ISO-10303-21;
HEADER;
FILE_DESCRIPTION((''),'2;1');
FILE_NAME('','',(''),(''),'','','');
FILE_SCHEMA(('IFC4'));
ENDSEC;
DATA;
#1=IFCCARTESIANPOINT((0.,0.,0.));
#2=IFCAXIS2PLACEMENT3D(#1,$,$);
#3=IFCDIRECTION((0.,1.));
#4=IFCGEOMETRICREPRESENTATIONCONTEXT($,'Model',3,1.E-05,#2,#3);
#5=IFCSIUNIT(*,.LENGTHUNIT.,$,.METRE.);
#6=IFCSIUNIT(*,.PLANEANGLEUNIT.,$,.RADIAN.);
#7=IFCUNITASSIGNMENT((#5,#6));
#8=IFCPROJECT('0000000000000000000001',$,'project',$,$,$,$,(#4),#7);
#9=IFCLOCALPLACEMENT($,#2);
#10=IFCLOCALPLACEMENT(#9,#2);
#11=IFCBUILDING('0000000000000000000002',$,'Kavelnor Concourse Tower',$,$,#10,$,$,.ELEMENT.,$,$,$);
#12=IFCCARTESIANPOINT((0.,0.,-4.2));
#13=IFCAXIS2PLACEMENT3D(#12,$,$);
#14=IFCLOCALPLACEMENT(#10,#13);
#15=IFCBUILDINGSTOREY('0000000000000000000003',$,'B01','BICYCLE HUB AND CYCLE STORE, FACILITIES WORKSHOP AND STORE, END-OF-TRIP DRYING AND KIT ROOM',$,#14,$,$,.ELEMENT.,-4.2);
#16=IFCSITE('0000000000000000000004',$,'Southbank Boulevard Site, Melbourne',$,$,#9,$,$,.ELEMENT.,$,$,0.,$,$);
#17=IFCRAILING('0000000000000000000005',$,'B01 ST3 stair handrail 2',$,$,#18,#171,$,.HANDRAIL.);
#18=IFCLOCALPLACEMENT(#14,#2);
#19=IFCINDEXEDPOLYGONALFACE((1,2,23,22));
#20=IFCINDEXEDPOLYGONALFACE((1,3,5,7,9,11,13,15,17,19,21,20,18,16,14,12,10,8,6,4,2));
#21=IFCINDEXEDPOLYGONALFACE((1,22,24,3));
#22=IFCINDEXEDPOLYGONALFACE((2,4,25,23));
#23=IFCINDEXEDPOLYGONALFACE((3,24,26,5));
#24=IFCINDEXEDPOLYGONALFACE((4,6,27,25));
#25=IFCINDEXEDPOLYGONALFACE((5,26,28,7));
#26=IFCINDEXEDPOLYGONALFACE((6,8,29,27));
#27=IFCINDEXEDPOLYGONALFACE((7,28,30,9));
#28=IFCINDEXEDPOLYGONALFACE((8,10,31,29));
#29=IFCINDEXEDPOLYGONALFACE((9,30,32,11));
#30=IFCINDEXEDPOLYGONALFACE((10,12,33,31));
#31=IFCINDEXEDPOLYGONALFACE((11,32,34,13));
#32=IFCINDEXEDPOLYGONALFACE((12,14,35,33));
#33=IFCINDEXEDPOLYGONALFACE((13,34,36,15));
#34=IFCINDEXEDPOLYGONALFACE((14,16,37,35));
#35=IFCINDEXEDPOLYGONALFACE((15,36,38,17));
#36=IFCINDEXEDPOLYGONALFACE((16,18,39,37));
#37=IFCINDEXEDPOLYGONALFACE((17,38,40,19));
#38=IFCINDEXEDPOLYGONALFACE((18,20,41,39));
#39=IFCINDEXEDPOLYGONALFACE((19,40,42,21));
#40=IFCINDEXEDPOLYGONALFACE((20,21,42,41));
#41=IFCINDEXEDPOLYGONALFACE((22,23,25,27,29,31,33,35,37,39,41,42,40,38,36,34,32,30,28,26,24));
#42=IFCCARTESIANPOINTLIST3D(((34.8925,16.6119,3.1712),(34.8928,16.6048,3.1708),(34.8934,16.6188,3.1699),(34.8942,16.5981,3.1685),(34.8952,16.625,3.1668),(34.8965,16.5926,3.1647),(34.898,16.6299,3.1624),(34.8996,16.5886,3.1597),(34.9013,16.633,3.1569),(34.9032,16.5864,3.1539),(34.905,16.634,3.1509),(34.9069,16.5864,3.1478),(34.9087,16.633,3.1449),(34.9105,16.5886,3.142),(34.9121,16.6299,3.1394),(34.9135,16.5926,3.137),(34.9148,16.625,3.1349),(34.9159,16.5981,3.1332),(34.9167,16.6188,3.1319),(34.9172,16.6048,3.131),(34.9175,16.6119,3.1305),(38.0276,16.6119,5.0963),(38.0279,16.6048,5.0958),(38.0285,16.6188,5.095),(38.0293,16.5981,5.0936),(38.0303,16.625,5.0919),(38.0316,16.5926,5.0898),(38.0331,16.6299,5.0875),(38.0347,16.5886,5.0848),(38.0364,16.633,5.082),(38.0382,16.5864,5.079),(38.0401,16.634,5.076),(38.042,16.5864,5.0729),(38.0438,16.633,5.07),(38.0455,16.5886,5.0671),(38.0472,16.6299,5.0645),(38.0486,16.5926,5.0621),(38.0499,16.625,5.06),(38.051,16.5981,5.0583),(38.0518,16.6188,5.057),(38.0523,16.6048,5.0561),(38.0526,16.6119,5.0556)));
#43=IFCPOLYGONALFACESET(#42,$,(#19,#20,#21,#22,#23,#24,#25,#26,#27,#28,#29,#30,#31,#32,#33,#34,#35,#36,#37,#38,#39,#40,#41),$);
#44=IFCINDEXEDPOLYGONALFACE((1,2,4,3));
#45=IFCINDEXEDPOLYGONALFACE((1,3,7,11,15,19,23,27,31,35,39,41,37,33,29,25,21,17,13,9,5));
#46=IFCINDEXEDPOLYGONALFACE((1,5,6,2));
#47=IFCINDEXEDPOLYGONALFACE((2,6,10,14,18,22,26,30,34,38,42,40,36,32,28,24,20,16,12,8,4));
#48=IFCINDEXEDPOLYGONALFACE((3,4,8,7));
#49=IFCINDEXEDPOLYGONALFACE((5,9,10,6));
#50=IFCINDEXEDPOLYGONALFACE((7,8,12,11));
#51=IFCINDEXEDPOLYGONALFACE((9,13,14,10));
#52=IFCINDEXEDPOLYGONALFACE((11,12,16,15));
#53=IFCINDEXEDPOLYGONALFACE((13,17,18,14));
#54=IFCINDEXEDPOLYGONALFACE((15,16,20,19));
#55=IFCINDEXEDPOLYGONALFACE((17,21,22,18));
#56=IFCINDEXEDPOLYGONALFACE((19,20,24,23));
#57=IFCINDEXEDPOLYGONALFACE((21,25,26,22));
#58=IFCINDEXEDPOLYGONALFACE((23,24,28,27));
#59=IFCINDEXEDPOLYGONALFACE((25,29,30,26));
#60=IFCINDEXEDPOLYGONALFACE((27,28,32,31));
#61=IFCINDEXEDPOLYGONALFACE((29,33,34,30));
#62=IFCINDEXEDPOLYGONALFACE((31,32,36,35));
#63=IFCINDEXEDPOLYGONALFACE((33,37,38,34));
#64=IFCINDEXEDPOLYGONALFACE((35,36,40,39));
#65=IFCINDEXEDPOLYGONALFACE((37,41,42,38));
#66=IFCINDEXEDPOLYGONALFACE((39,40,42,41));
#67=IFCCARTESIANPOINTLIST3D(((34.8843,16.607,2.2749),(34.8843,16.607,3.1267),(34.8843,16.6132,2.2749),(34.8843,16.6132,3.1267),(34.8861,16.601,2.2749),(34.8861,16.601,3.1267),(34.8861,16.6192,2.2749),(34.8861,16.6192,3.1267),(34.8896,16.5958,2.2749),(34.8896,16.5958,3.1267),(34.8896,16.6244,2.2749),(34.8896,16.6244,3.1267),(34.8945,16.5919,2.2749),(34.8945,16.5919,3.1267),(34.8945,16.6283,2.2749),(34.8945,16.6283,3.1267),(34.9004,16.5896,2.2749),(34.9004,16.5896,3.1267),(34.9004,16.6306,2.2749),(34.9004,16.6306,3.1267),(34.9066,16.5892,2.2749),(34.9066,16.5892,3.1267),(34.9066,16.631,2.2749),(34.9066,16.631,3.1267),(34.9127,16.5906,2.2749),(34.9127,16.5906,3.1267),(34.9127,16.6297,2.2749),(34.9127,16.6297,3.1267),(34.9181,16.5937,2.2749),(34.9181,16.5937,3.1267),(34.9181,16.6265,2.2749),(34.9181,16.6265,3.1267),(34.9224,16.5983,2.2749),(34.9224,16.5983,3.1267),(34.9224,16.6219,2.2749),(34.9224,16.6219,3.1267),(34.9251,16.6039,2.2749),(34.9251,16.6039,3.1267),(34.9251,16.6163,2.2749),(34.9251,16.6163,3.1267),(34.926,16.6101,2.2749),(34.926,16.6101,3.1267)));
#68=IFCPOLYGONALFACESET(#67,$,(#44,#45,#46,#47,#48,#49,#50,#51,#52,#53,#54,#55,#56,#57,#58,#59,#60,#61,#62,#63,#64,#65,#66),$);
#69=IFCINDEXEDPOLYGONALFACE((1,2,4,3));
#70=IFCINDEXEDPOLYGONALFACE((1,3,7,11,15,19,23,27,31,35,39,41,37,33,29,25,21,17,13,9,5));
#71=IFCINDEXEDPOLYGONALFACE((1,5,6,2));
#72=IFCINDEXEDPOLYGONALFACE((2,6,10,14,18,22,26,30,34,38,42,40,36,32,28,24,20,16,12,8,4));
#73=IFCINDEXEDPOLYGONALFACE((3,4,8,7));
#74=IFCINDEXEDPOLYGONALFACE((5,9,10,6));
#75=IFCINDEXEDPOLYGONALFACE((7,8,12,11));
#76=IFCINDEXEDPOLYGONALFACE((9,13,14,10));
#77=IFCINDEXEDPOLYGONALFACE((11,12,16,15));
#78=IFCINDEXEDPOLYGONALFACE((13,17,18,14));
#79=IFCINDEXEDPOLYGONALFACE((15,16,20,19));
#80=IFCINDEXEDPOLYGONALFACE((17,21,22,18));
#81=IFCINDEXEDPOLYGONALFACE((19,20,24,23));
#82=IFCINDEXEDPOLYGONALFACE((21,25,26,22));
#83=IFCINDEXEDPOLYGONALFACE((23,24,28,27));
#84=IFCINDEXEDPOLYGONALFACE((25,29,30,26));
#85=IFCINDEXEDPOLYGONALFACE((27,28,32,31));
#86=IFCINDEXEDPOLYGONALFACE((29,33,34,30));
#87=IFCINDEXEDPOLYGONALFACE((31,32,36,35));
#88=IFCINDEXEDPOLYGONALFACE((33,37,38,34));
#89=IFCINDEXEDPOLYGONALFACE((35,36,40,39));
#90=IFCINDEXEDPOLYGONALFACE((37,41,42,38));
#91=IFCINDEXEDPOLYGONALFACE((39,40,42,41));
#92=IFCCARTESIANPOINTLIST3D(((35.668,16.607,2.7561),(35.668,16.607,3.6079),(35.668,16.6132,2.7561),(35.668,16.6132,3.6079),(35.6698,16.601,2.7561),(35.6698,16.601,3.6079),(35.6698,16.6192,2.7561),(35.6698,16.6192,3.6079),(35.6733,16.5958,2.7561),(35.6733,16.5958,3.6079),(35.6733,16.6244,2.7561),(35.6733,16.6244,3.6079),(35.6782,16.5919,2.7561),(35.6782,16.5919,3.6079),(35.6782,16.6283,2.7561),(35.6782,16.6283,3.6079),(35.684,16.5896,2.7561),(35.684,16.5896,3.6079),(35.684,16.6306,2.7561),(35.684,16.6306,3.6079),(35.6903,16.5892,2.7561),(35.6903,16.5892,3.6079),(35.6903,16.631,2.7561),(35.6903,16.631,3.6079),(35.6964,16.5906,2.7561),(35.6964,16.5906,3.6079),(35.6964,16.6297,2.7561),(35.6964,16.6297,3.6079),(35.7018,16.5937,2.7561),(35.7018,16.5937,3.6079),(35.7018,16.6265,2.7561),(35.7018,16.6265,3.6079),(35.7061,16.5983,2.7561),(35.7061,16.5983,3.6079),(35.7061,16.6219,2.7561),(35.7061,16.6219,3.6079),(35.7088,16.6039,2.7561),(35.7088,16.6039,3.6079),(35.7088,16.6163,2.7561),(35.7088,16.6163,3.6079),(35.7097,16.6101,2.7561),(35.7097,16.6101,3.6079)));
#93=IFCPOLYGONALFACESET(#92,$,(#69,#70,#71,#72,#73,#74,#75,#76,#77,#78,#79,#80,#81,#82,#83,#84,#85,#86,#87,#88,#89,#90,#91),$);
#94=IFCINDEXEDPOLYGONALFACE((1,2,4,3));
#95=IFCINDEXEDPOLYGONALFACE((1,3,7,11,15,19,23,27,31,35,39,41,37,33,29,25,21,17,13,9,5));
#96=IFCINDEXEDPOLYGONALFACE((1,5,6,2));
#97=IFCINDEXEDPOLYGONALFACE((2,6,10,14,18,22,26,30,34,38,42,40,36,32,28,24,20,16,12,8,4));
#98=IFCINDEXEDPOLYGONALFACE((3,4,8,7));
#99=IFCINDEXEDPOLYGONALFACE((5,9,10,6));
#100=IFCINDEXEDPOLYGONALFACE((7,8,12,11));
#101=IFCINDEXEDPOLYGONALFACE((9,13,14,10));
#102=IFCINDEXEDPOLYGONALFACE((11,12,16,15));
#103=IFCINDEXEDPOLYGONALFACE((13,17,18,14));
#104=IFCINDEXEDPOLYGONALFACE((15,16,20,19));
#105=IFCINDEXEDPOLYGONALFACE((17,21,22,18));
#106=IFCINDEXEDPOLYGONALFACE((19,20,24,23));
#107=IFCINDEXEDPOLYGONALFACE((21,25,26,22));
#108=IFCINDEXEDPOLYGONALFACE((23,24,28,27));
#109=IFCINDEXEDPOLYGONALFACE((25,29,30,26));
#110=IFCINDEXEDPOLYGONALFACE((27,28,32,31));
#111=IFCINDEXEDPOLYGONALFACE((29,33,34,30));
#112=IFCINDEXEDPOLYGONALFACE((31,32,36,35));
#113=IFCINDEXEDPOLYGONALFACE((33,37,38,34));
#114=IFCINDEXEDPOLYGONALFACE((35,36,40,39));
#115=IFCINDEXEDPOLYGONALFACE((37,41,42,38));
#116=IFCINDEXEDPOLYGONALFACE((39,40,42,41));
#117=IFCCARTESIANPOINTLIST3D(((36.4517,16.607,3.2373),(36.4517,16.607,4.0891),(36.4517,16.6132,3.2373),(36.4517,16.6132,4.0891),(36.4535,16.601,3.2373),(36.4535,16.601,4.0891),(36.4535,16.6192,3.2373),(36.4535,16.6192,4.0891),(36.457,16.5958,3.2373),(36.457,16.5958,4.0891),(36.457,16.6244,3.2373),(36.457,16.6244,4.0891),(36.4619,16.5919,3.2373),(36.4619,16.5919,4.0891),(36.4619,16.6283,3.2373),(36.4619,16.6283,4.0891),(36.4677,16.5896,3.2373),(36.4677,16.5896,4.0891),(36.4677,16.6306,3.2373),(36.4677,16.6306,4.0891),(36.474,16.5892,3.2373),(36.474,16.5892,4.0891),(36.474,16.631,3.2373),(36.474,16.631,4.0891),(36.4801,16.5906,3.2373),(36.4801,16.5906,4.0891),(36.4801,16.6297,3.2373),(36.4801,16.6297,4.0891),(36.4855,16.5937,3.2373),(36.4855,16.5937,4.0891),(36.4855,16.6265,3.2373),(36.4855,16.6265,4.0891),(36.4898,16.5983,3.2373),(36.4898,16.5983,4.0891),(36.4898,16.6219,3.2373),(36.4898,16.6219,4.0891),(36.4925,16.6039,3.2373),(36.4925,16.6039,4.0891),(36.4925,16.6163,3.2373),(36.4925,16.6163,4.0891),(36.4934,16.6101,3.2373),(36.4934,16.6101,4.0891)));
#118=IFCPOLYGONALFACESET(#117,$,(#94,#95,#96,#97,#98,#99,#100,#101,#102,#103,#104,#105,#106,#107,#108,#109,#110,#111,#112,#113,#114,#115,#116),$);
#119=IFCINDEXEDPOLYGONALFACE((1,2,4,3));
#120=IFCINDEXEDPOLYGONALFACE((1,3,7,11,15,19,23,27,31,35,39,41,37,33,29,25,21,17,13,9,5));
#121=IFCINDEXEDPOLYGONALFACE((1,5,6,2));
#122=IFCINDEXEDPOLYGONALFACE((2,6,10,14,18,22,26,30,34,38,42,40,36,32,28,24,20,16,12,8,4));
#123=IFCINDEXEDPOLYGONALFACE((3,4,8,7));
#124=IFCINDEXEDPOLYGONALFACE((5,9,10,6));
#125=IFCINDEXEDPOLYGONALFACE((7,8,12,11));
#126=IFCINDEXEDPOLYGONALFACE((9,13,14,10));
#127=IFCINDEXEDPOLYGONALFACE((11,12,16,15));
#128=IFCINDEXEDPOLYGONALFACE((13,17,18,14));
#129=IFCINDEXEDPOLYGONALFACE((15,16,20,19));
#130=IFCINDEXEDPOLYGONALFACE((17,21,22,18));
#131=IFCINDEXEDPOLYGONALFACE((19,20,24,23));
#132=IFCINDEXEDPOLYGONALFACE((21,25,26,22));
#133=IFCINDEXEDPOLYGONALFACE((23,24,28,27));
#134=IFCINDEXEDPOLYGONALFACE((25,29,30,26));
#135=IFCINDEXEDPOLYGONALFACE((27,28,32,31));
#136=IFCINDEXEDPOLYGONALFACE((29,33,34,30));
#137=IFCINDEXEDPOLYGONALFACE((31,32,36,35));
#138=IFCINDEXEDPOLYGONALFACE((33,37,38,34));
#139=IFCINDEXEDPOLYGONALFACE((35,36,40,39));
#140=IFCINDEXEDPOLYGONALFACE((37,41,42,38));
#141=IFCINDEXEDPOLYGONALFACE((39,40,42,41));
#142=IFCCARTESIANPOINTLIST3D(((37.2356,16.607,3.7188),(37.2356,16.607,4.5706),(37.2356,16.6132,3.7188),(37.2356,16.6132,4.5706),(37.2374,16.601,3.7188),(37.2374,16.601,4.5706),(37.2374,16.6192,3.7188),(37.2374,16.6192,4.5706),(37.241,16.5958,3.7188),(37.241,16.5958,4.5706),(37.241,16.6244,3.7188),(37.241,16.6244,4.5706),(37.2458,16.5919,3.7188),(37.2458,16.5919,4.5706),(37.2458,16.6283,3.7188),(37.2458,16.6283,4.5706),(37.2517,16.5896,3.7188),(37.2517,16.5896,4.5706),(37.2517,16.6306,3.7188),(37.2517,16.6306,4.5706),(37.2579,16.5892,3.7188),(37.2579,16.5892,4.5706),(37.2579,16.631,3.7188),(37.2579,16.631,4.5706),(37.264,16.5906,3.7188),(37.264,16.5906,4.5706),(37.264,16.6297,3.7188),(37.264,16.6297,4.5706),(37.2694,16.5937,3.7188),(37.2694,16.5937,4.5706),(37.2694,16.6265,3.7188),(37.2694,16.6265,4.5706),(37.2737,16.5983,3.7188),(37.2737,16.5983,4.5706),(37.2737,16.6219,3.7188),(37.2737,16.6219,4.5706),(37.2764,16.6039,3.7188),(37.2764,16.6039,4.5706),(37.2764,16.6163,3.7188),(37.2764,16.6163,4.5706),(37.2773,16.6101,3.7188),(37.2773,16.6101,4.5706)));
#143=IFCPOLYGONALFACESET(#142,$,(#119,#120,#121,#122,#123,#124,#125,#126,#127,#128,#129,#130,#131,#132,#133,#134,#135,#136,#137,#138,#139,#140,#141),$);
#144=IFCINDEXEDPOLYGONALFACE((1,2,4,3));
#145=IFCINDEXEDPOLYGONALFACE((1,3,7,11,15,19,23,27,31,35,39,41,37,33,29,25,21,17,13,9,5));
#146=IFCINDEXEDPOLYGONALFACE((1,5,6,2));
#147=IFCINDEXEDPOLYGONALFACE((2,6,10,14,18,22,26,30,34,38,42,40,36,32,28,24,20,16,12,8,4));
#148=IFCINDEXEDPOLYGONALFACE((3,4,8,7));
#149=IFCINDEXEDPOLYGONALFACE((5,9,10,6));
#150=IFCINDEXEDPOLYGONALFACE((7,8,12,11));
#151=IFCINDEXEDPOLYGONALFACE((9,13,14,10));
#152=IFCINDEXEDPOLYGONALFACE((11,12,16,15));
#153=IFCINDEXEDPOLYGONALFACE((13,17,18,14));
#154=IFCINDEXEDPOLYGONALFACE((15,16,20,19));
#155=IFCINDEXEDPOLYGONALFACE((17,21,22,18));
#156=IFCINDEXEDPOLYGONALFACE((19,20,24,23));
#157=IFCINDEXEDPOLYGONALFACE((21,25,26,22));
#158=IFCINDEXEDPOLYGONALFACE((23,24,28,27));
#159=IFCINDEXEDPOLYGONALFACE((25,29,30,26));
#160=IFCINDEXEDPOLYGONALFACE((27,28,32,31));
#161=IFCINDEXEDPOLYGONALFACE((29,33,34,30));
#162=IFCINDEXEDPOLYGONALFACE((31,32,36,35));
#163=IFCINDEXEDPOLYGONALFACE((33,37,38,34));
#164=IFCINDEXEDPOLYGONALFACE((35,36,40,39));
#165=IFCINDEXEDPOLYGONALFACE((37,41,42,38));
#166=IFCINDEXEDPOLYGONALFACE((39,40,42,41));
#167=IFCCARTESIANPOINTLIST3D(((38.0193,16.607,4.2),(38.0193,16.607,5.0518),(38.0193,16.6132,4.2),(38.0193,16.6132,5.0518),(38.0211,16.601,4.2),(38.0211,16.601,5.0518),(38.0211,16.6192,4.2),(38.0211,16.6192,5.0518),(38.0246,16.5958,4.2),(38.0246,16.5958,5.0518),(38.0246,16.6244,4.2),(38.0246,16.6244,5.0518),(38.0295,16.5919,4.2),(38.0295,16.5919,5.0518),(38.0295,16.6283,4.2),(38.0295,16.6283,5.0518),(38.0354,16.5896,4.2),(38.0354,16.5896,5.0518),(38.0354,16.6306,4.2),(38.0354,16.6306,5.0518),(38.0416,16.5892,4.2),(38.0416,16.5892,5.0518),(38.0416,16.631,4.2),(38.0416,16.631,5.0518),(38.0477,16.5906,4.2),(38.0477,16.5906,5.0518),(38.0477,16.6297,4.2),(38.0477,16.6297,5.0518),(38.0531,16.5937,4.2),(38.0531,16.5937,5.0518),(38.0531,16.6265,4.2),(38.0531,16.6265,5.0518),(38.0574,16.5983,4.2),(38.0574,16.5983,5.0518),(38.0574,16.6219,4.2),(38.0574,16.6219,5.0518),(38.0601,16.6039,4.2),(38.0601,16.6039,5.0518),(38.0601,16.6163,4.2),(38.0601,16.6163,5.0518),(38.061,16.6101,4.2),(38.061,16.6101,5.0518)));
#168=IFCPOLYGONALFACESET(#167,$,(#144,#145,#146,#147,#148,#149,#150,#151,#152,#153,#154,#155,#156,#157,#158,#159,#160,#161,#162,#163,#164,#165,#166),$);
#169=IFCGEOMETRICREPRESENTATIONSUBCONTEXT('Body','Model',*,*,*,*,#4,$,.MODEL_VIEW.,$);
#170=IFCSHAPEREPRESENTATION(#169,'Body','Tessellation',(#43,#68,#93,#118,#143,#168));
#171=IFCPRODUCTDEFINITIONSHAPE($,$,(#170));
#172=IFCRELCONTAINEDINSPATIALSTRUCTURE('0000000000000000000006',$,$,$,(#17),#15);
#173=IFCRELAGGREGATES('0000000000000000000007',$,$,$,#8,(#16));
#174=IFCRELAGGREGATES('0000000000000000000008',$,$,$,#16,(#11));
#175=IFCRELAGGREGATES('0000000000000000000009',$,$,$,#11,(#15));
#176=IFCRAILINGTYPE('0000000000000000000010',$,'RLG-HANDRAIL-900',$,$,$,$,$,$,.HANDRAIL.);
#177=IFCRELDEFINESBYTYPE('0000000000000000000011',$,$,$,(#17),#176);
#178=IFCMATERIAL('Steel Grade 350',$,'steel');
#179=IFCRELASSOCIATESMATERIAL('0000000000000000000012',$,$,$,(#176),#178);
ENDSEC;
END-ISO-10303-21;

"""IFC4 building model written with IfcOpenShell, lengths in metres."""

from ifc_helpers import new_model, si_unit, direction, frame, origin, origin_2d, place, context, subcontext, project, spatial, circle, extrude, material, type_object, element, save


model = new_model("IFC4")

# Units and contexts
model_context = context("Model", 3, precision=1e-05, world=origin(), true_north=direction((0.0, 1.0)))
body_context = subcontext(model_context, "Body", "Model", "MODEL_VIEW")
ifc_project = project(units=[si_unit("LENGTHUNIT", "METRE"), si_unit("PLANEANGLEUNIT", "RADIAN")], contexts=[model_context])

# Site, building, storey
site_placement = place(None, origin())
site = spatial("IfcSite", under=ifc_project, at=site_placement, Name="Southbank Boulevard Site, Melbourne", CompositionType="ELEMENT", RefElevation=0.0)
building_placement = place(site_placement, origin())
building = spatial("IfcBuilding", under=site, at=building_placement, Name="Kavelnor Concourse Tower", CompositionType="ELEMENT")
storey_placement = place(building_placement, frame((0.0, 0.0, -4.2)))
storey = spatial("IfcBuildingStorey", under=building, at=storey_placement, Name="B01", Description="BICYCLE HUB AND CYCLE STORE, FACILITIES WORKSHOP AND STORE, END-OF-TRIP DRYING AND KIT ROOM", CompositionType="ELEMENT", Elevation=-4.2)

# Shared definitions
ifc_material_1 = material(Name="Steel Grade 350", Category="steel")

# Railing
railing_type_1 = type_object("IfcRailingType", Name="RLG-HANDRAIL-900", PredefinedType="HANDRAIL", material=ifc_material_1)
railing_1_placement = place(storey_placement, frame((34.905, 16.6101, 2.2749)))
element("IfcRailing", 1, at=railing_1_placement, inside=storey, type_object=railing_type_1, Name="B01 ST3 stair handrail 2", PredefinedType="HANDRAIL", context=body_context, shape_type="SweptSolid", body=[
    extrude(circle(Radius=0.0239, at=origin_2d()), frame((0.0, 0.0, 0.876), z_axis=(0.852166, 0.0, 0.523271), x_axis=(0.0, 1.0, 0.0)), (0.0, 0.0, 1.0), 3.679),
    extrude(circle(Radius=0.021, at=origin_2d()), origin(), (0.0, 0.0, 1.0), 0.8518),
    extrude(circle(Radius=0.021, at=origin_2d()), frame((0.7837, 0.0, 0.4812)), (0.0, 0.0, 1.0), 0.8518),
    extrude(circle(Radius=0.021, at=origin_2d()), frame((1.5674, 0.0, 0.9624)), (0.0, 0.0, 1.0), 0.8518),
    extrude(circle(Radius=0.021, at=origin_2d()), frame((2.3513, 0.0, 1.4438)), (0.0, 0.0, 1.0), 0.8518),
    extrude(circle(Radius=0.021, at=origin_2d()), frame((3.135, 0.0, 1.925)), (0.0, 0.0, 1.0), 0.8518),
])

save(model, "model.ifc")
